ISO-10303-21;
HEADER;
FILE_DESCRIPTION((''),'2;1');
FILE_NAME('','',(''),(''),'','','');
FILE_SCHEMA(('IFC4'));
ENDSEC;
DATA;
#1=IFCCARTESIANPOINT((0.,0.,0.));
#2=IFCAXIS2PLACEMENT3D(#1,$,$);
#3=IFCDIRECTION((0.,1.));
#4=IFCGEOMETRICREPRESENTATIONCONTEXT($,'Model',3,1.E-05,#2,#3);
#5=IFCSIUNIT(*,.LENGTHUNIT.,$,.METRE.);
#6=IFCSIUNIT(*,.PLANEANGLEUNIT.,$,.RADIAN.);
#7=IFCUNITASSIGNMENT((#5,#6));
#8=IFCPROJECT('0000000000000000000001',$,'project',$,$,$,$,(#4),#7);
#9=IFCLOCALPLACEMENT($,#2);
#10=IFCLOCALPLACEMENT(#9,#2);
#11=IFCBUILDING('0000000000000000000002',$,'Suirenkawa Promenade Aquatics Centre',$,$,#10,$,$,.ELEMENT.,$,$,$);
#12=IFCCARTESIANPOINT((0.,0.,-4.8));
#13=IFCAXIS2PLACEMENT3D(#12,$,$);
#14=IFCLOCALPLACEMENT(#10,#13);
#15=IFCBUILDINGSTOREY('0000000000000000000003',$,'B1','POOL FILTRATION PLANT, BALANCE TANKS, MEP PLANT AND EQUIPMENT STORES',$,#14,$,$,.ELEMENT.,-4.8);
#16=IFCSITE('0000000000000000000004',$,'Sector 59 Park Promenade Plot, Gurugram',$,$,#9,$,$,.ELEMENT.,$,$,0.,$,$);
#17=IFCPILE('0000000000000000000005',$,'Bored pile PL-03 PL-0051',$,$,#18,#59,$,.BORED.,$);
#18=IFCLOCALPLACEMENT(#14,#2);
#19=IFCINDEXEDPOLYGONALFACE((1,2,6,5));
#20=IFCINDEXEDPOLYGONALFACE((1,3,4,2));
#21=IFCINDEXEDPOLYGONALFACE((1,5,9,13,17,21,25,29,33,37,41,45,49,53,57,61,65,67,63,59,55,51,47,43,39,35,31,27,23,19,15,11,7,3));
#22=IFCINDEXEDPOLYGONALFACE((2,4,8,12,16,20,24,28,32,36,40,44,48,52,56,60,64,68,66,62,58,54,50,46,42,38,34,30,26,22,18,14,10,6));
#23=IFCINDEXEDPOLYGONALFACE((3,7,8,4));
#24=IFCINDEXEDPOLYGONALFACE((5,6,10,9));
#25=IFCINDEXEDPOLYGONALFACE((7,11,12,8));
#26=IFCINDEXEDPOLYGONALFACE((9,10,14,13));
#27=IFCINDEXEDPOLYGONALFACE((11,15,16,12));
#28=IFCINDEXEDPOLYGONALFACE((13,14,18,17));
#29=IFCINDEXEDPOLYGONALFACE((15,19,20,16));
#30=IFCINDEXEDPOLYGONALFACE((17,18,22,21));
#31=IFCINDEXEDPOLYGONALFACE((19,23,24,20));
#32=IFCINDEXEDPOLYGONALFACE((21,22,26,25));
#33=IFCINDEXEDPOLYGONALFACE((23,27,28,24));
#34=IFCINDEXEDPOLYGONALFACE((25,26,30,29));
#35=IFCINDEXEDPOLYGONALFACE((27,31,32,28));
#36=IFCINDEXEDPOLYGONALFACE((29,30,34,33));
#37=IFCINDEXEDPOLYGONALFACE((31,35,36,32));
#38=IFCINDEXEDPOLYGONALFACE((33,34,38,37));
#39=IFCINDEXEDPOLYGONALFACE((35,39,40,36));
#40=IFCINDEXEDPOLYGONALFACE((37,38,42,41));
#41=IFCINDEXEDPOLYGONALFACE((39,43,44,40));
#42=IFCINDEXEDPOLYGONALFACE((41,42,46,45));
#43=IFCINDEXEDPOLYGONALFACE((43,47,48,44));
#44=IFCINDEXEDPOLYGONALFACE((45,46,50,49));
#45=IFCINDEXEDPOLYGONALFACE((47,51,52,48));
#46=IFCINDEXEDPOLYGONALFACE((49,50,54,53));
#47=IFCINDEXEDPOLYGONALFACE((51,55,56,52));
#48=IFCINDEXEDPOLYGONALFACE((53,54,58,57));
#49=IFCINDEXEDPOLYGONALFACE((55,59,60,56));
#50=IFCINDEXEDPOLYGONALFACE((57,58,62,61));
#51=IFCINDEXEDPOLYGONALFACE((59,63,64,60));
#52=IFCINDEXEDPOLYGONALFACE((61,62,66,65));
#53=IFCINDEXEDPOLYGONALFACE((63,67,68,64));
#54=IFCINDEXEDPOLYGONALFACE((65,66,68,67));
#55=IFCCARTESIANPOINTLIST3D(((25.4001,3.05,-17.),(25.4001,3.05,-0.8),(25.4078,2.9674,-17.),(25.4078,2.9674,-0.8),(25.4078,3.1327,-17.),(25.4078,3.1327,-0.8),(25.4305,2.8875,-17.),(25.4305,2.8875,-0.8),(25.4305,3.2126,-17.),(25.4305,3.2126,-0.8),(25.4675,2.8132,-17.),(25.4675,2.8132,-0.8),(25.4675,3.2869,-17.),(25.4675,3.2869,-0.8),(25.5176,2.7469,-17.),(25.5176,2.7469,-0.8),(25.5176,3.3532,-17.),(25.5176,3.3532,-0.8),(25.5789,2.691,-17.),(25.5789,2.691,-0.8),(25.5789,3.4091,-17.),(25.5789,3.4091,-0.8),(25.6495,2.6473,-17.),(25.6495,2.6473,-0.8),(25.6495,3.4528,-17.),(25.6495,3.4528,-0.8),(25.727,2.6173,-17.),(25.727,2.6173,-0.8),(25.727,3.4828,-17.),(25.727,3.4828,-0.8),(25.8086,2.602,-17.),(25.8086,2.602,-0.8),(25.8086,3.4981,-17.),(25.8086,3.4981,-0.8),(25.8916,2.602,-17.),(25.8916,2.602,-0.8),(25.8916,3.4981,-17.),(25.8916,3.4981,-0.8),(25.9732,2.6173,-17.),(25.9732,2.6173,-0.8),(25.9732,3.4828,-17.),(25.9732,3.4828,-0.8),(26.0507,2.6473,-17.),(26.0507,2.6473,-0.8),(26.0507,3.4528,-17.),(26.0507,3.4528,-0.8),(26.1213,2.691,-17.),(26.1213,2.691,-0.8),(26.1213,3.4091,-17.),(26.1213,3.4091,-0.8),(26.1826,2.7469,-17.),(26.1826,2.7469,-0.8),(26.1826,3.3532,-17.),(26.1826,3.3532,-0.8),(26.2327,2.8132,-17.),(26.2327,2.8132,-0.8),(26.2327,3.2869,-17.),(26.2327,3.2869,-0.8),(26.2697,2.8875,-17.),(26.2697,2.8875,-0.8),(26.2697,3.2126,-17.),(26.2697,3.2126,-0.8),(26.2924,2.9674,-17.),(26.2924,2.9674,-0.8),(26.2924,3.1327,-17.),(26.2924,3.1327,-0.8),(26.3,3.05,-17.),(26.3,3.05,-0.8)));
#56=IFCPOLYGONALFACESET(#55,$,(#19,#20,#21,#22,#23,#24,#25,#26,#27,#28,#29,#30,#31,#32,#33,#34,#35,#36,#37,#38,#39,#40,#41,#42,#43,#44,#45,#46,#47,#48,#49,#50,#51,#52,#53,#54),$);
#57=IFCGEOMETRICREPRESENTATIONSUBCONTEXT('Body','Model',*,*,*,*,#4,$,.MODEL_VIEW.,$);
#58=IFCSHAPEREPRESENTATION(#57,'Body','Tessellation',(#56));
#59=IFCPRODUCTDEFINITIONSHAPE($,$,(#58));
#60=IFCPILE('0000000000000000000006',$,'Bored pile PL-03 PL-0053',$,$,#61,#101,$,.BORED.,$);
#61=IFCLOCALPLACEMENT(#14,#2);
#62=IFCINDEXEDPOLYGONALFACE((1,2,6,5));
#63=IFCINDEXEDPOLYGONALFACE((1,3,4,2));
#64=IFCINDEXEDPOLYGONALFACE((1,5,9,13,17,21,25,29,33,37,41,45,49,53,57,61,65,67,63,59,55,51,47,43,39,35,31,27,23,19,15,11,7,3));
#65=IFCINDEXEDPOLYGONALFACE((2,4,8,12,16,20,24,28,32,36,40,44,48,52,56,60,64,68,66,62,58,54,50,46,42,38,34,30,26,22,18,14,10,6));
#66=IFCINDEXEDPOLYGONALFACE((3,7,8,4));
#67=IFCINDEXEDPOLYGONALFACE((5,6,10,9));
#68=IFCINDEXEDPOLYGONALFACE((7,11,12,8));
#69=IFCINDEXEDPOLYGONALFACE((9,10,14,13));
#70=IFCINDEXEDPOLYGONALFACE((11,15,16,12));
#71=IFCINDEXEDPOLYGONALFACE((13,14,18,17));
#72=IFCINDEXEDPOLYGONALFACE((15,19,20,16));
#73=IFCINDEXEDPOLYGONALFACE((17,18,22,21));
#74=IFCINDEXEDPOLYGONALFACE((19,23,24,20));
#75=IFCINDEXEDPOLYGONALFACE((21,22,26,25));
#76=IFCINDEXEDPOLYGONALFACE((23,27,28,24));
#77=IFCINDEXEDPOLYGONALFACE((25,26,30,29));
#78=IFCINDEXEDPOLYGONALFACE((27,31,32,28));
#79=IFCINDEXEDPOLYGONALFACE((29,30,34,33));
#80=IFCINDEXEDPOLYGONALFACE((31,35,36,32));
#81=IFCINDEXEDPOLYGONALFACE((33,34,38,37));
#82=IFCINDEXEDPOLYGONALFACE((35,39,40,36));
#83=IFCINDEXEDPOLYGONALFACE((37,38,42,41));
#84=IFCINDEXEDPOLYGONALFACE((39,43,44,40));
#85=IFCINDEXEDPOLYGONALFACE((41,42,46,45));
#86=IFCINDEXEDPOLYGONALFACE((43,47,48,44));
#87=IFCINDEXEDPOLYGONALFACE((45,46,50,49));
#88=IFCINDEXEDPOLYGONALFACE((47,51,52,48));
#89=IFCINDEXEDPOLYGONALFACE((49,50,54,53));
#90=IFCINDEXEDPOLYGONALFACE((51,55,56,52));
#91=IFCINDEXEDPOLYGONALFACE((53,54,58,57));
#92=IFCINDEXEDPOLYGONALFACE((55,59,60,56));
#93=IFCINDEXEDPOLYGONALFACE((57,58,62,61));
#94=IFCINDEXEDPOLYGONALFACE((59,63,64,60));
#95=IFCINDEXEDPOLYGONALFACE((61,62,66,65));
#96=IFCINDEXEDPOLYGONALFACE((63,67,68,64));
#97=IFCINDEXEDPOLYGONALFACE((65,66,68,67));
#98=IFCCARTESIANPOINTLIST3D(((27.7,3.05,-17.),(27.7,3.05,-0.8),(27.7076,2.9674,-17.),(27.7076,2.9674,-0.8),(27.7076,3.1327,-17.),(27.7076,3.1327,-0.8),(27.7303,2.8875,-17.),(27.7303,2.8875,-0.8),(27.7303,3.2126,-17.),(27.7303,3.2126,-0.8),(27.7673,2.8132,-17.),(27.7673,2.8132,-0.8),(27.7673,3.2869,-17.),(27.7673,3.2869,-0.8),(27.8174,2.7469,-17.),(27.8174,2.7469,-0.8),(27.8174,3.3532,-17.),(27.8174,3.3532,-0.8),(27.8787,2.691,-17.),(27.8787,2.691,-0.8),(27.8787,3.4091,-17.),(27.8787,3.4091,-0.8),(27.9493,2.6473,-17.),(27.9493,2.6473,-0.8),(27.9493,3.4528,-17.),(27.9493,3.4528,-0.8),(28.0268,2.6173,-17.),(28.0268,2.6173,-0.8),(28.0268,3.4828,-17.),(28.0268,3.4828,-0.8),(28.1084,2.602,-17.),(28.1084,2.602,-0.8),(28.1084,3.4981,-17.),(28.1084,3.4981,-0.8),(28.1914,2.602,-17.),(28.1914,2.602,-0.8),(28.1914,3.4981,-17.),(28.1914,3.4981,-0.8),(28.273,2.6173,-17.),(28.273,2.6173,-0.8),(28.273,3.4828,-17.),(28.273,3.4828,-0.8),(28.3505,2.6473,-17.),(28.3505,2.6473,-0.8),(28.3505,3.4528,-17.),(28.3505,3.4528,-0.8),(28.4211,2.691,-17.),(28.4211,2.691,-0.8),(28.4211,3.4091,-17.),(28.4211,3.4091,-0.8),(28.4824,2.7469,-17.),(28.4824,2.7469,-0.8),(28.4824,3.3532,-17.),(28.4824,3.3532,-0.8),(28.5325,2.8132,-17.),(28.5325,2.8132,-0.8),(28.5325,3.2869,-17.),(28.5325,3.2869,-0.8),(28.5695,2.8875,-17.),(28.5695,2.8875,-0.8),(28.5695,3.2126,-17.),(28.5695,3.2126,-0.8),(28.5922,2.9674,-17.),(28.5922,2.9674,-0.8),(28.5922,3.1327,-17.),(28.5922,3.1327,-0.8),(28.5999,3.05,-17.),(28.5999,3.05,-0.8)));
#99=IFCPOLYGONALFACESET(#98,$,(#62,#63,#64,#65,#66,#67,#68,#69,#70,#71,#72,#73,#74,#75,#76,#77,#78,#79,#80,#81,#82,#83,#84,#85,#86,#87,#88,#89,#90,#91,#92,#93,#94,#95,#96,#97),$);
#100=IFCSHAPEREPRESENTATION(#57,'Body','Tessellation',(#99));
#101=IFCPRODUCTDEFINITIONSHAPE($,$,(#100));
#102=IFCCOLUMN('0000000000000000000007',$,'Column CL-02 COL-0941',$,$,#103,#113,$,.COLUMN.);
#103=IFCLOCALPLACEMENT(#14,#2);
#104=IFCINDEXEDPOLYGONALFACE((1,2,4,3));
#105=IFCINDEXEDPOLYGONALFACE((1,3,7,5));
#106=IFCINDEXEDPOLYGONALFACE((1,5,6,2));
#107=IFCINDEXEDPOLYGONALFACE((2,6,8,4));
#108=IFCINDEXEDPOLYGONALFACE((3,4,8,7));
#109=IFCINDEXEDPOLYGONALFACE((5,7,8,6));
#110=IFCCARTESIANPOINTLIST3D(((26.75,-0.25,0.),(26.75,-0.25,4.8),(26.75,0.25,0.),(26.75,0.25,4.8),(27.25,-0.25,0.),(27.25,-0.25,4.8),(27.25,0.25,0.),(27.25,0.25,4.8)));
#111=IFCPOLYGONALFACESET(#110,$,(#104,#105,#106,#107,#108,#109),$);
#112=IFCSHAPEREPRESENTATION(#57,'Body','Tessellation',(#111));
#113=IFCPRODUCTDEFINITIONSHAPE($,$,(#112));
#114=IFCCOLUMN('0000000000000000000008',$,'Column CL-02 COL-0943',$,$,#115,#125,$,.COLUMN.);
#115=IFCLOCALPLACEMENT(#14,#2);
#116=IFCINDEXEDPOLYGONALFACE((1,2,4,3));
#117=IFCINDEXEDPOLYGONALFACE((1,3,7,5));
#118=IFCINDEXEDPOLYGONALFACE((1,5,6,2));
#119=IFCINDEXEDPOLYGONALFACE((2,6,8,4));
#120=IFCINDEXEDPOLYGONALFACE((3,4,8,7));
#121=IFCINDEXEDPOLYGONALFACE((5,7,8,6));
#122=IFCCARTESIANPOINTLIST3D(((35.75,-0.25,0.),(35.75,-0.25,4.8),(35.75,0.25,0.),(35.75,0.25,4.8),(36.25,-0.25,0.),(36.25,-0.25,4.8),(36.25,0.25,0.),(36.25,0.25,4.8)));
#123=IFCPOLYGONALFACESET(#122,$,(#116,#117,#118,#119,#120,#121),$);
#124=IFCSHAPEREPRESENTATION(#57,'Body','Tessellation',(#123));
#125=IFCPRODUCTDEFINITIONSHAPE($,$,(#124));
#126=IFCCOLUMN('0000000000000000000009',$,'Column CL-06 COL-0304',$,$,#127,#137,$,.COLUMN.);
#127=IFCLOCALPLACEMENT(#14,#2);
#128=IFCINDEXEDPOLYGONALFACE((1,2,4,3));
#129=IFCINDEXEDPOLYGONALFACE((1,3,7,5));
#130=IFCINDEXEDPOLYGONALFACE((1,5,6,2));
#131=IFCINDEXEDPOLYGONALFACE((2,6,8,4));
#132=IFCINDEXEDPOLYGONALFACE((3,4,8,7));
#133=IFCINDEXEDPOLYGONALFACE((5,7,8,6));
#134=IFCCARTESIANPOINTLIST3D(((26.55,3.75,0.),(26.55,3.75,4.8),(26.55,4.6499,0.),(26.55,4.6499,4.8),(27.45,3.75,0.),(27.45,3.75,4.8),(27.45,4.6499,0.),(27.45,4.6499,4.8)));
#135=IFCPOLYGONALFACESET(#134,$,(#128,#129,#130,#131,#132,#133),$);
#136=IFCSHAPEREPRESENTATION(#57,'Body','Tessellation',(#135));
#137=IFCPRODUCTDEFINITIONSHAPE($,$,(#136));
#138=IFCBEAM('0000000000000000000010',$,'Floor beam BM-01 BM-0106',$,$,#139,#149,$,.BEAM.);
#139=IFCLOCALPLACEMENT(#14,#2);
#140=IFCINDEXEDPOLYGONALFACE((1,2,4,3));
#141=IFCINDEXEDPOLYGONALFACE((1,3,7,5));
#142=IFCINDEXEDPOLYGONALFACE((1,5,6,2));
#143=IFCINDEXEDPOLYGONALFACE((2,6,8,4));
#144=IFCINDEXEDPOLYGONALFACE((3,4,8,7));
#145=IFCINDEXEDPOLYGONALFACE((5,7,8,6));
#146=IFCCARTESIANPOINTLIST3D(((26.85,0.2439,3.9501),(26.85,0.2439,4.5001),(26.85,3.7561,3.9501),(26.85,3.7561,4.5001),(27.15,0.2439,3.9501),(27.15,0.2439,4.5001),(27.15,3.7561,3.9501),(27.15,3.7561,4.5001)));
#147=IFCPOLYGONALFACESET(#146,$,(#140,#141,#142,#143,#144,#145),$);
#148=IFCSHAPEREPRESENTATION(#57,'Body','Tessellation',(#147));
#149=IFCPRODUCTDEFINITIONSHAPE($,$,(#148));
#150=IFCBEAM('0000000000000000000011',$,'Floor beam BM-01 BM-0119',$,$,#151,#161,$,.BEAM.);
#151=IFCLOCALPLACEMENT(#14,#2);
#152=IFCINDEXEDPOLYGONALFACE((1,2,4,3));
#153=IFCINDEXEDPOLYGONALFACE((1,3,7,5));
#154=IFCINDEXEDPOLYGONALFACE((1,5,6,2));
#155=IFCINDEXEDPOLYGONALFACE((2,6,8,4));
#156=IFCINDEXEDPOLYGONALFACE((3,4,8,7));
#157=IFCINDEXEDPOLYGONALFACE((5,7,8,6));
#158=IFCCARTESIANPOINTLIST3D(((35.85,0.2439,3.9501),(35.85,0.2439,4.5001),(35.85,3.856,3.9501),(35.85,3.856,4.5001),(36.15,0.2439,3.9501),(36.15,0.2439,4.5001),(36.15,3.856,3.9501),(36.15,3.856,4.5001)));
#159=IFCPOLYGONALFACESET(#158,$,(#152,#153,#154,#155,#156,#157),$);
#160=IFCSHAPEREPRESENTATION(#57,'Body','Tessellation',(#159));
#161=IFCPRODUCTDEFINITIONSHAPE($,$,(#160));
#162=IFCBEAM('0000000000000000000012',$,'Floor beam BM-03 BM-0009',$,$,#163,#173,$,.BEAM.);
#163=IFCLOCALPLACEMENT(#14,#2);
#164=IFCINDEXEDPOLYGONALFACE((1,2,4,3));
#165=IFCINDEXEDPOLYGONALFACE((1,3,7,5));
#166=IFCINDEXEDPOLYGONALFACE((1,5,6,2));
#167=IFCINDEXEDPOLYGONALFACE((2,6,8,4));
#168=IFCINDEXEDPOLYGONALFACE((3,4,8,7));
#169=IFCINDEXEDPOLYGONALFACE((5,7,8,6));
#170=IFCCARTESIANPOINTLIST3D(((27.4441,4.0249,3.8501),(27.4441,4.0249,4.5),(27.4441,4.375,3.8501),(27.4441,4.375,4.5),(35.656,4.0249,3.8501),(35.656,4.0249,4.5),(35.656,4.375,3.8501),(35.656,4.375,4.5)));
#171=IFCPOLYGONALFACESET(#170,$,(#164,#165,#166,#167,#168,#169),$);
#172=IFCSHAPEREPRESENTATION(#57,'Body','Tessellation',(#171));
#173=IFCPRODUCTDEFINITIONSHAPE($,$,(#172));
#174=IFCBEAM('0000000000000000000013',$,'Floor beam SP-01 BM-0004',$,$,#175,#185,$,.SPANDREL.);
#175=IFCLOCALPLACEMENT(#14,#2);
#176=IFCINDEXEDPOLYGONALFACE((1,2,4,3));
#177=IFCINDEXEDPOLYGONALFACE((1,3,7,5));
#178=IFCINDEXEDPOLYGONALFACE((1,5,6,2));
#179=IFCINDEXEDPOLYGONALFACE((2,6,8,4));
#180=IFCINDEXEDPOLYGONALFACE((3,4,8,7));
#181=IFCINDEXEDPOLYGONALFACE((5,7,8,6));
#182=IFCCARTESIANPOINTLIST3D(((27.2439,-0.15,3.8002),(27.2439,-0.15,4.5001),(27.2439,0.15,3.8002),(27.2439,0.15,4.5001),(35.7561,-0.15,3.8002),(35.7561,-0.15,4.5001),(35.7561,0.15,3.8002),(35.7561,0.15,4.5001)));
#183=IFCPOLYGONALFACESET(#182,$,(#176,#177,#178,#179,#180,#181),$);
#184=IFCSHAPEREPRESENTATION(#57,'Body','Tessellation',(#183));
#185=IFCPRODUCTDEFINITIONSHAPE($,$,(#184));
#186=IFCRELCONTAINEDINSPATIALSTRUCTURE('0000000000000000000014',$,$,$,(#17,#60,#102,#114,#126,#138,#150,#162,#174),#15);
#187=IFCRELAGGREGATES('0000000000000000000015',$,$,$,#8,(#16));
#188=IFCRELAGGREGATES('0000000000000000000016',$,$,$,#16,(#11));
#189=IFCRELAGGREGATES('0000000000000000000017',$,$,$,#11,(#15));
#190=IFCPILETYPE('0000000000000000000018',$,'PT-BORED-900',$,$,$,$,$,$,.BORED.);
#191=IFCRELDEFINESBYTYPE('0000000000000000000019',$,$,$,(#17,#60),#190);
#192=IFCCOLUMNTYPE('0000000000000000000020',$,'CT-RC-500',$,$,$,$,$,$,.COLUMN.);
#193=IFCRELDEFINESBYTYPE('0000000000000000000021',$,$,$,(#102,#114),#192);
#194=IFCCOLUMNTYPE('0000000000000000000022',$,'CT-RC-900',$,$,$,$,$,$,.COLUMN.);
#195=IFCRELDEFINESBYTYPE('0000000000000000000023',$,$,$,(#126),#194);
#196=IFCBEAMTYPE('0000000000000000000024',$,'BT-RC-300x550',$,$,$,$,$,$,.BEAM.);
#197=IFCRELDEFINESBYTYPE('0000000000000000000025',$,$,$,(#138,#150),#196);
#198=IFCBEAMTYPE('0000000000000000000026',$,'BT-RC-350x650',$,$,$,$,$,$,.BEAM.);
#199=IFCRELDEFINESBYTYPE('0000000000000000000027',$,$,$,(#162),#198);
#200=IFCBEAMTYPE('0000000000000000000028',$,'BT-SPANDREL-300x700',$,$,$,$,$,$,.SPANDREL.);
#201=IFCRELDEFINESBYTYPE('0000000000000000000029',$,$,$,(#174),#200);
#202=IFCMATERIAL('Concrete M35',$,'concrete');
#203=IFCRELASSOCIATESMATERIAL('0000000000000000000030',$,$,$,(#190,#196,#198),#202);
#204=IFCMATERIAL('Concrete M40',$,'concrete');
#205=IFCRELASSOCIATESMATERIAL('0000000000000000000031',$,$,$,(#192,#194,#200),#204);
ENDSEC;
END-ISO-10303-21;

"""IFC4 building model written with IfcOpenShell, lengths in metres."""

from ifc_helpers import new_model, si_unit, direction, frame, origin, origin_2d, place, context, subcontext, project, spatial, rectangle, circle, extrude, material, material_profile, profile_set, type_object, element, save


model = new_model("IFC4")

# Units and contexts
model_context = context("Model", 3, precision=1e-05, world=origin(), true_north=direction((0.0, 1.0)))
body_context = subcontext(model_context, "Body", "Model", "MODEL_VIEW")
ifc_project = project(units=[si_unit("LENGTHUNIT", "METRE"), si_unit("PLANEANGLEUNIT", "RADIAN")], contexts=[model_context])

# Site, building, storey
site_placement = place(None, origin())
site = spatial("IfcSite", under=ifc_project, at=site_placement, Name="Sector 59 Park Promenade Plot, Gurugram", CompositionType="ELEMENT", RefElevation=0.0)
building_placement = place(site_placement, origin())
building = spatial("IfcBuilding", under=site, at=building_placement, Name="Suirenkawa Promenade Aquatics Centre", CompositionType="ELEMENT")
storey_placement = place(building_placement, frame((0.0, 0.0, -4.8)))
storey = spatial("IfcBuildingStorey", under=building, at=storey_placement, Name="B1", Description="POOL FILTRATION PLANT, BALANCE TANKS, MEP PLANT AND EQUIPMENT STORES", CompositionType="ELEMENT", Elevation=-4.8)

# Shared definitions
ifc_material_1 = material(Name="Concrete M35", Category="concrete")

# Piles
ifc_material_profile_1 = material_profile(ifc_material_1, circle(Radius=0.45, at=origin_2d()), Name="PILE D900", Category="concrete")
ifc_profile_set_1 = profile_set([ifc_material_profile_1], Name="Concrete M35")
pile_type_1 = type_object("IfcPileType", Name="PT-BORED-900", PredefinedType="BORED", material=ifc_profile_set_1)
for number, where, z_axis, x_axis, name in (
    (1, (25.8501, 3.05, -0.8), (0.0, 0.0, -1.0), (1.0, 0.0, 0.0), "Bored pile PL-03 PL-0051"),
    (2, (28.1499, 3.05, -0.8), (0.0, 0.0, -1.0), (1.0, 0.0, 0.0), "Bored pile PL-03 PL-0053"),
):
    element("IfcPile", number, at=place(storey_placement, frame(where, z_axis=z_axis, x_axis=x_axis)), inside=storey, type_object=pile_type_1, Name=name, PredefinedType="BORED", context=body_context, shape_type="SweptSolid", body=[
        extrude(circle(Radius=0.45, at=origin_2d()), origin(), (0.0, 0.0, 1.0), 16.2),
    ])

# Columns
ifc_material_2 = material(Name="Concrete M40", Category="concrete")
ifc_material_profile_2 = material_profile(ifc_material_2, rectangle(XDim=0.5, YDim=0.5, at=origin_2d()), Name="RC COL 500x500", Category="concrete")
ifc_profile_set_2 = profile_set([ifc_material_profile_2], Name="Concrete M40")
column_type_1 = type_object("IfcColumnType", Name="CT-RC-500", PredefinedType="COLUMN", material=ifc_profile_set_2)
for number, where, z_axis, x_axis, name in (
    (3, (27.0, 0.0, 0.0), (0.0, 0.0, 1.0), (1.0, 0.0, 0.0), "Column CL-02 COL-0941"),
    (4, (36.0, 0.0, 0.0), (0.0, 0.0, 1.0), (1.0, 0.0, 0.0), "Column CL-02 COL-0943"),
):
    element("IfcColumn", number, at=place(storey_placement, frame(where, z_axis=z_axis, x_axis=x_axis)), inside=storey, type_object=column_type_1, Name=name, PredefinedType="COLUMN", context=body_context, shape_type="SweptSolid", body=[
        extrude(rectangle(XDim=0.5, YDim=0.5, at=origin_2d()), origin(), (0.0, 0.0, 1.0), 4.8),
    ])
ifc_material_profile_3 = material_profile(ifc_material_2, rectangle(XDim=0.8999, YDim=0.8999, at=origin_2d()), Name="RC COL 900x900", Category="concrete")
ifc_profile_set_3 = profile_set([ifc_material_profile_3], Name="Concrete M40")
column_type_2 = type_object("IfcColumnType", Name="CT-RC-900", PredefinedType="COLUMN", material=ifc_profile_set_3)
column_placement = place(storey_placement, frame((27.0, 4.2, 0.0), z_axis=(0.0, 0.0, 1.0), x_axis=(1.0, 0.0, 0.0)))
element("IfcColumn", 5, at=column_placement, inside=storey, type_object=column_type_2, Name="Column CL-06 COL-0304", PredefinedType="COLUMN", context=body_context, shape_type="SweptSolid", body=[
    extrude(rectangle(XDim=0.8999, YDim=0.8999, at=origin_2d()), origin(), (0.0, 0.0, 1.0), 4.8),
])

# Beams
ifc_material_profile_4 = material_profile(ifc_material_1, rectangle(XDim=0.3, YDim=0.55, at=origin_2d()), Name="RC BM 300x550", Category="concrete")
ifc_profile_set_4 = profile_set([ifc_material_profile_4], Name="Concrete M35")
beam_type_1 = type_object("IfcBeamType", Name="BT-RC-300x550", PredefinedType="BEAM", material=ifc_profile_set_4)
beam_1_placement = place(storey_placement, frame((27.0, 0.2439, 4.2251), z_axis=(0.0, 1.0, 0.0), x_axis=(-1.0, 0.0, 0.0)))
element("IfcBeam", 6, at=beam_1_placement, inside=storey, type_object=beam_type_1, Name="Floor beam BM-01 BM-0106", PredefinedType="BEAM", context=body_context, shape_type="SweptSolid", body=[
    extrude(rectangle(XDim=0.3, YDim=0.55, at=origin_2d()), origin(), (0.0, 0.0, 1.0), 3.5122),
])
beam_2_placement = place(storey_placement, frame((36.0, 0.2439, 4.2251), z_axis=(0.0, 1.0, 0.0), x_axis=(-1.0, 0.0, 0.0)))
element("IfcBeam", 7, at=beam_2_placement, inside=storey, type_object=beam_type_1, Name="Floor beam BM-01 BM-0119", PredefinedType="BEAM", context=body_context, shape_type="SweptSolid", body=[
    extrude(rectangle(XDim=0.3, YDim=0.55, at=origin_2d()), origin(), (0.0, 0.0, 1.0), 3.6121),
])
ifc_material_profile_5 = material_profile(ifc_material_1, rectangle(XDim=0.3501, YDim=0.6499, at=origin_2d()), Name="RC BM 350x650", Category="concrete")
ifc_profile_set_5 = profile_set([ifc_material_profile_5], Name="Concrete M35")
beam_type_2 = type_object("IfcBeamType", Name="BT-RC-350x650", PredefinedType="BEAM", material=ifc_profile_set_5)
beam_3_placement = place(storey_placement, frame((27.4441, 4.2, 4.175), z_axis=(1.0, 0.0, 0.0), x_axis=(0.0, 1.0, 0.0)))
element("IfcBeam", 8, at=beam_3_placement, inside=storey, type_object=beam_type_2, Name="Floor beam BM-03 BM-0009", PredefinedType="BEAM", context=body_context, shape_type="SweptSolid", body=[
    extrude(rectangle(XDim=0.3501, YDim=0.6499, at=origin_2d()), origin(), (0.0, 0.0, 1.0), 8.2119),
])
ifc_material_profile_6 = material_profile(ifc_material_2, rectangle(XDim=0.3, YDim=0.7, at=origin_2d()), Name="RC SPANDREL 300x700", Category="concrete")
ifc_profile_set_6 = profile_set([ifc_material_profile_6], Name="Concrete M40")
beam_type_3 = type_object("IfcBeamType", Name="BT-SPANDREL-300x700", PredefinedType="SPANDREL", material=ifc_profile_set_6)
beam_4_placement = place(storey_placement, frame((27.2439, 0.0, 4.1501), z_axis=(1.0, 0.0, 0.0), x_axis=(0.0, 1.0, 0.0)))
element("IfcBeam", 9, at=beam_4_placement, inside=storey, type_object=beam_type_3, Name="Floor beam SP-01 BM-0004", PredefinedType="SPANDREL", context=body_context, shape_type="SweptSolid", body=[
    extrude(rectangle(XDim=0.3, YDim=0.7, at=origin_2d()), origin(), (0.0, 0.0, 1.0), 8.5122),
])

save(model, "model.ifc")
